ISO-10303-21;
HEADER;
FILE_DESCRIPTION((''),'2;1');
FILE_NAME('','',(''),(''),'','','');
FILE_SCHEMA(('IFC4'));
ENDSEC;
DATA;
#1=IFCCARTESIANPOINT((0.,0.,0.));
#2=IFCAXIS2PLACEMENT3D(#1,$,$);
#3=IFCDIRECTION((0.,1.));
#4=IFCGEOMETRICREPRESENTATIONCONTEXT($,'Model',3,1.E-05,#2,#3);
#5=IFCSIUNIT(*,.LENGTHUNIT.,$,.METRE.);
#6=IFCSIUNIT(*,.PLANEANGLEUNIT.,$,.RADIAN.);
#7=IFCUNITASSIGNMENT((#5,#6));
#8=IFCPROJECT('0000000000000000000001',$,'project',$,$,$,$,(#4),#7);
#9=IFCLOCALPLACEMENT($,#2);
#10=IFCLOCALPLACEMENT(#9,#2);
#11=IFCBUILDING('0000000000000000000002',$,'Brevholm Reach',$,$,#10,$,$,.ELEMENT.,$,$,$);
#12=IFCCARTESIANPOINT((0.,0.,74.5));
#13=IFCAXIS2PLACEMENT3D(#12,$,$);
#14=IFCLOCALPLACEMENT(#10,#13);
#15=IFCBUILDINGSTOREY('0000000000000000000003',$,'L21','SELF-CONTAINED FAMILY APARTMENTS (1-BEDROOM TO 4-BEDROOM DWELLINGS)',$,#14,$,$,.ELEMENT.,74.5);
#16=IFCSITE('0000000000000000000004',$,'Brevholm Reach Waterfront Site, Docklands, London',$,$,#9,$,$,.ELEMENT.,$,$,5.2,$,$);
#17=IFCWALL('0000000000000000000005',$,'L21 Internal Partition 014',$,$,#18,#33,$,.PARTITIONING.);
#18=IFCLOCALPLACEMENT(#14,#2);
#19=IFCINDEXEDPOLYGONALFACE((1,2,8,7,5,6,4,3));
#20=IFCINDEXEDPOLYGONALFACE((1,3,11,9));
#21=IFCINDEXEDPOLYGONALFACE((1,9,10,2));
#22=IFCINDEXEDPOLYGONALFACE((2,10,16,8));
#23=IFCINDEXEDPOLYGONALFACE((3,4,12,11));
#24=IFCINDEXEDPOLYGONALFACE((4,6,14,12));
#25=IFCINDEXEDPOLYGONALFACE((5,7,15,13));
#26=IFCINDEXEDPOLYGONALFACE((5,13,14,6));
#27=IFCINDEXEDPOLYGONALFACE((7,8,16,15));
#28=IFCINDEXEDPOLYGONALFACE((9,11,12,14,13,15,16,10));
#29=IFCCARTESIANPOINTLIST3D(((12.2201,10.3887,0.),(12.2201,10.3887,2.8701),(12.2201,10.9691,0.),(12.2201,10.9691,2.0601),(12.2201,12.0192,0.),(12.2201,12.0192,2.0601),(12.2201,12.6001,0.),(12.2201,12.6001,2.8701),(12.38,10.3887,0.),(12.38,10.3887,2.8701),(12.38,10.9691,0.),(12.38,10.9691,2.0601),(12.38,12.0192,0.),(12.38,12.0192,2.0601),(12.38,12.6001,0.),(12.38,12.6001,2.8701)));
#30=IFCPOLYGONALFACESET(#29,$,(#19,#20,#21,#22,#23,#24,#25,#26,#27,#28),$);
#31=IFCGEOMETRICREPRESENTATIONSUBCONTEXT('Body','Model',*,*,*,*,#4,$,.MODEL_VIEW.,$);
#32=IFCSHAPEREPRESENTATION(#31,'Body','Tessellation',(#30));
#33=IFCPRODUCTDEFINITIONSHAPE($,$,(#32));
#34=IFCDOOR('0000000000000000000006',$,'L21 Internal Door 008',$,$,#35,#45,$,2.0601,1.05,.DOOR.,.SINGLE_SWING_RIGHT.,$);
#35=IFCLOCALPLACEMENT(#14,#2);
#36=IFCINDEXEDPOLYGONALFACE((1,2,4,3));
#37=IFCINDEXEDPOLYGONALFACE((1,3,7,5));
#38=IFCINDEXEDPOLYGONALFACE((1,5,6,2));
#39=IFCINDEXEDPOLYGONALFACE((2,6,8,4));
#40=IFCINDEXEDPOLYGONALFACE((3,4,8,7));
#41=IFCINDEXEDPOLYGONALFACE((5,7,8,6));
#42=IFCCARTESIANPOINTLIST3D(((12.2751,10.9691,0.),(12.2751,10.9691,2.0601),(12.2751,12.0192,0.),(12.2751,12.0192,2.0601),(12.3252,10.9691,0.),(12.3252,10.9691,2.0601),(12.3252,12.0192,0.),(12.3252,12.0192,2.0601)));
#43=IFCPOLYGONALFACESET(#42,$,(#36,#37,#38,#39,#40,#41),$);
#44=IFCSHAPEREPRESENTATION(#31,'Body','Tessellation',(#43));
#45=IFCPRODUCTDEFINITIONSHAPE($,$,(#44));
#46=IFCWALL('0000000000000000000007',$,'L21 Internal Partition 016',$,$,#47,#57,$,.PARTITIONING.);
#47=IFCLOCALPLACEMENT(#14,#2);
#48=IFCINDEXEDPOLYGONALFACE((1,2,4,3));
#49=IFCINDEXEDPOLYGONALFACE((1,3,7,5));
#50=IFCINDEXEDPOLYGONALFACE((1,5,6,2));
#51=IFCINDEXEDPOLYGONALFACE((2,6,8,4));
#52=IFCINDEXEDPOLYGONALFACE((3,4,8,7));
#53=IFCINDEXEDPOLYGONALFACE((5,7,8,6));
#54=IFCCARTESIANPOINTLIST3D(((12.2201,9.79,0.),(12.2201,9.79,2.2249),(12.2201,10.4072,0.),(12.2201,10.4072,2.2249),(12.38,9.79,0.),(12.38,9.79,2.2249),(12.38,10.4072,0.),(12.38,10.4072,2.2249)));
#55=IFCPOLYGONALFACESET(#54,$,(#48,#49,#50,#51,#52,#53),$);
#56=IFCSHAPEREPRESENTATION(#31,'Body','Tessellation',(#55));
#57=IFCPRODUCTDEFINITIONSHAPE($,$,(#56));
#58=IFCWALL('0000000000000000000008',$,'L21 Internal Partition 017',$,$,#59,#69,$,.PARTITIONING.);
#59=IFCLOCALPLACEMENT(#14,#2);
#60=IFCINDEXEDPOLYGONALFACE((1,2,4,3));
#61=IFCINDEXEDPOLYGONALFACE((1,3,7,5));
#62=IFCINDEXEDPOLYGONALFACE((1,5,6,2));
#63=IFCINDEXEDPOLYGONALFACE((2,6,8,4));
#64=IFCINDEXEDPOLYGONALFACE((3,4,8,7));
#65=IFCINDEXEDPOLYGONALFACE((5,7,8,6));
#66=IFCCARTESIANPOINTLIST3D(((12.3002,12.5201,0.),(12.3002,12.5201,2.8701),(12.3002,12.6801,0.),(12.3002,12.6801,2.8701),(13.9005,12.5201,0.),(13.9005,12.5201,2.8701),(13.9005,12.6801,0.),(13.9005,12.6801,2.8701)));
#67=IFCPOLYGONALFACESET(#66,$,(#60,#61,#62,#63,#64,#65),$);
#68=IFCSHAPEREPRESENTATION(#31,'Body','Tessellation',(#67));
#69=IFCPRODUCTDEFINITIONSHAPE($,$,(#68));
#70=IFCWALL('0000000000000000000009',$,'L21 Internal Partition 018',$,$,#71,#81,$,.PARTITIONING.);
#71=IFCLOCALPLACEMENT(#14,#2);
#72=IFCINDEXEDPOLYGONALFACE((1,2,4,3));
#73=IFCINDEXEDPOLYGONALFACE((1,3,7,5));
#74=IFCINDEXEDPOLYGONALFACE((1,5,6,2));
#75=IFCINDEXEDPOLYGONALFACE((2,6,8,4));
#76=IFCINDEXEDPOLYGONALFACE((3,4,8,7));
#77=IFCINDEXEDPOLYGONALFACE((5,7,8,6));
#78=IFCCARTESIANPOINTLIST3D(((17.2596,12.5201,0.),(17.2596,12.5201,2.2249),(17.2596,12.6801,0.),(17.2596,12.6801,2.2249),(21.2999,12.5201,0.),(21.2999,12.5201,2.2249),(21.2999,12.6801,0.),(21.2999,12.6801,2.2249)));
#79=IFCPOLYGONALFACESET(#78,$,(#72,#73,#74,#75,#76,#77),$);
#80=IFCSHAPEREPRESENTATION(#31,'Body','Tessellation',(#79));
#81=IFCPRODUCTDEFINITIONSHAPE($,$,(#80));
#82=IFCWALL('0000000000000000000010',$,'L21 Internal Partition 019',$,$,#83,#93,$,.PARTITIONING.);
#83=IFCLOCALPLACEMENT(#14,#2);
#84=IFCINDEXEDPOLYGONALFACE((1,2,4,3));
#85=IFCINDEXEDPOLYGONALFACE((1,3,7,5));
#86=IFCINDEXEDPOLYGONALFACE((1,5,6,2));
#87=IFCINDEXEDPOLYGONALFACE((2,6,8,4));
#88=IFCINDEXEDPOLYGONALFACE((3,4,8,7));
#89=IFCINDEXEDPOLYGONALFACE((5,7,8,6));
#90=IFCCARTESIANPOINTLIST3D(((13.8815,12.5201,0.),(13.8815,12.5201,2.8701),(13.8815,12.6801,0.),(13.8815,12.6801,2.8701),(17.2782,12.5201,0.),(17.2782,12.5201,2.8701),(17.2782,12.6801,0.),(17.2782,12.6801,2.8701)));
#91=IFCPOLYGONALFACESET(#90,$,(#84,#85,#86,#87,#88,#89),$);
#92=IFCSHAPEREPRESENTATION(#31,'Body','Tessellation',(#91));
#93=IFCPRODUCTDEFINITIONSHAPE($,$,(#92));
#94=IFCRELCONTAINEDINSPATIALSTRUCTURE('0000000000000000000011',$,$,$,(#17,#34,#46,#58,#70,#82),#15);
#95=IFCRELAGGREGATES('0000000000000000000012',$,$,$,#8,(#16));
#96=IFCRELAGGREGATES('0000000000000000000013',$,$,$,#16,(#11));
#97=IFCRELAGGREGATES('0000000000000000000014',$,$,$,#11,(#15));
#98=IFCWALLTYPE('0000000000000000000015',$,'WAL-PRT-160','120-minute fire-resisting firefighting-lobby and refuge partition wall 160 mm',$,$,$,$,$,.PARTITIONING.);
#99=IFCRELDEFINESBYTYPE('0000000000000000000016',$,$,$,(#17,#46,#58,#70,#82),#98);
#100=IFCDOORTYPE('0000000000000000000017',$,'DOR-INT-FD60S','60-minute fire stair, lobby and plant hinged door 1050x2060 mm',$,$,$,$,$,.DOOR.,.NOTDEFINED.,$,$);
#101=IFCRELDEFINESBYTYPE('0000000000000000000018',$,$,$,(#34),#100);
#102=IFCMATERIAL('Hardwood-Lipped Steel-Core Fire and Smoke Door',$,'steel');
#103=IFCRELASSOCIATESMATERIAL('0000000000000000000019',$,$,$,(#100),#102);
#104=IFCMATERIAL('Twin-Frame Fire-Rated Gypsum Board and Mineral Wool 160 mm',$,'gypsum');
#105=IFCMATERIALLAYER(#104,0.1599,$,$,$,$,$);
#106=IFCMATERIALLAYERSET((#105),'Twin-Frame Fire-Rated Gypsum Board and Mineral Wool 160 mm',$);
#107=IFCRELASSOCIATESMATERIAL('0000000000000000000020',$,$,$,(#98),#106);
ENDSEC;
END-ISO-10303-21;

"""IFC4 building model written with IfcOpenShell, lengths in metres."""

from ifc_helpers import new_model, si_unit, direction, frame, frame_2d, origin, place, context, subcontext, project, spatial, rectangle, extrude, material, layer, layer_set, type_object, element, fill, save


model = new_model("IFC4")

# Units and contexts
model_context = context("Model", 3, precision=1e-05, world=origin(), true_north=direction((0.0, 1.0)))
body_context = subcontext(model_context, "Body", "Model", "MODEL_VIEW")
ifc_project = project(units=[si_unit("LENGTHUNIT", "METRE"), si_unit("PLANEANGLEUNIT", "RADIAN")], contexts=[model_context])

# Site, building, storey
site_placement = place(None, origin())
site = spatial("IfcSite", under=ifc_project, at=site_placement, Name="Brevholm Reach Waterfront Site, Docklands, London", CompositionType="ELEMENT", RefElevation=5.2)
building_placement = place(site_placement, origin())
building = spatial("IfcBuilding", under=site, at=building_placement, Name="Brevholm Reach", CompositionType="ELEMENT")
storey_placement = place(building_placement, frame((0.0, 0.0, 74.5)))
storey = spatial("IfcBuildingStorey", under=building, at=storey_placement, Name="L21", Description="SELF-CONTAINED FAMILY APARTMENTS (1-BEDROOM TO 4-BEDROOM DWELLINGS)", CompositionType="ELEMENT", Elevation=74.5)

# Shared definitions
ifc_material_1 = material(Name="Hardwood-Lipped Steel-Core Fire and Smoke Door", Category="steel")
door_type_1 = type_object("IfcDoorType", Name="DOR-INT-FD60S", Description="60-minute fire stair, lobby and plant hinged door 1050x2060 mm", OperationType="NOTDEFINED", PredefinedType="DOOR", material=ifc_material_1)

# Wall, opening, door
ifc_material_2 = material(Name="Twin-Frame Fire-Rated Gypsum Board and Mineral Wool 160 mm", Category="gypsum")
ifc_layer_1 = layer(ifc_material_2, 0.1599)
ifc_layer_set_1 = layer_set([ifc_layer_1], Name="Twin-Frame Fire-Rated Gypsum Board and Mineral Wool 160 mm")
wall_type_1 = type_object("IfcWallType", Name="WAL-PRT-160", Description="120-minute fire-resisting firefighting-lobby and refuge partition wall 160 mm", PredefinedType="PARTITIONING", material=ifc_layer_set_1)
wall_1_placement = place(storey_placement, frame((12.3, 10.3887, 0.0), z_axis=(0.0, 0.0, 1.0), x_axis=(0.0, 1.0, 0.0)))
wall_1 = element("IfcWall", 1, at=wall_1_placement, inside=storey, type_object=wall_type_1, Name="L21 Internal Partition 014", PredefinedType="PARTITIONING", context=body_context, shape_type="SweptSolid", body=[
    extrude(rectangle(XDim=2.2114, YDim=0.1599, at=frame_2d((1.1057, 0.0))), origin(), (0.0, 0.0, 1.0), 2.8701),
])
opening_1_placement = place(wall_1_placement, frame((0.5806, 0.0, 0.0)))
opening_1 = element("IfcOpeningElement", 2, at=opening_1_placement, cuts=wall_1, PredefinedType="OPENING", context=body_context, shape_type="SweptSolid", body=[
    extrude(rectangle(XDim=1.05, YDim=2.0601, at=frame_2d((0.5249, 1.03))), frame((0.0, 0.0898, 0.0), z_axis=(0.0, -1.0, 0.0), x_axis=(1.0, 0.0, 0.0)), (0.0, 0.0, 1.0), 0.1799),
])
door_1_placement = place(opening_1_placement, origin())
door_1 = element("IfcDoor", 3, at=door_1_placement, inside=storey, type_object=door_type_1, Name="L21 Internal Door 008", OperationType="SINGLE_SWING_RIGHT", OverallHeight=2.0601, OverallWidth=1.05, PredefinedType="DOOR", context=body_context, shape_type="SweptSolid", body=[
    extrude(rectangle(XDim=1.05, YDim=2.0601, at=frame_2d((0.5249, 1.03))), frame((0.0, 0.0249, 0.0), z_axis=(0.0, -1.0, 0.0), x_axis=(1.0, 0.0, 0.0)), (0.0, 0.0, 1.0), 0.05),
])
fill(opening_1, door_1)

# Walls
wall_2_placement = place(storey_placement, frame((12.3, 9.79, 0.0), z_axis=(0.0, 0.0, 1.0), x_axis=(0.0, 1.0, 0.0)))
element("IfcWall", 4, at=wall_2_placement, inside=storey, type_object=wall_type_1, Name="L21 Internal Partition 016", PredefinedType="PARTITIONING", context=body_context, shape_type="SweptSolid", body=[
    extrude(rectangle(XDim=0.6172, YDim=0.1599, at=frame_2d((0.3086, 0.0))), origin(), (0.0, 0.0, 1.0), 2.2249),
])
wall_3_placement = place(storey_placement, frame((12.3, 12.6001, 0.0), z_axis=(0.0, 0.0, 1.0), x_axis=(1.0, 0.0, 0.0)))
element("IfcWall", 5, at=wall_3_placement, inside=storey, type_object=wall_type_1, Name="L21 Internal Partition 017", PredefinedType="PARTITIONING", context=body_context, shape_type="SweptSolid", body=[
    extrude(rectangle(XDim=1.6003, YDim=0.1599, at=frame_2d((0.8003, 0.0))), origin(), (0.0, 0.0, 1.0), 2.8701),
])
wall_4_placement = place(storey_placement, frame((17.2598, 12.6001, 0.0), z_axis=(0.0, 0.0, 1.0), x_axis=(1.0, 0.0, 0.0)))
element("IfcWall", 6, at=wall_4_placement, inside=storey, type_object=wall_type_1, Name="L21 Internal Partition 018", PredefinedType="PARTITIONING", context=body_context, shape_type="SweptSolid", body=[
    extrude(rectangle(XDim=4.0403, YDim=0.1599, at=frame_2d((2.02, 0.0))), origin(), (0.0, 0.0, 1.0), 2.2249),
])
wall_5_placement = place(storey_placement, frame((13.8816, 12.6001, 0.0), z_axis=(0.0, 0.0, 1.0), x_axis=(1.0, 0.0, 0.0)))
element("IfcWall", 7, at=wall_5_placement, inside=storey, type_object=wall_type_1, Name="L21 Internal Partition 019", PredefinedType="PARTITIONING", context=body_context, shape_type="SweptSolid", body=[
    extrude(rectangle(XDim=3.3967, YDim=0.1599, at=frame_2d((1.6982, 0.0))), origin(), (0.0, 0.0, 1.0), 2.8701),
])

save(model, "model.ifc")
